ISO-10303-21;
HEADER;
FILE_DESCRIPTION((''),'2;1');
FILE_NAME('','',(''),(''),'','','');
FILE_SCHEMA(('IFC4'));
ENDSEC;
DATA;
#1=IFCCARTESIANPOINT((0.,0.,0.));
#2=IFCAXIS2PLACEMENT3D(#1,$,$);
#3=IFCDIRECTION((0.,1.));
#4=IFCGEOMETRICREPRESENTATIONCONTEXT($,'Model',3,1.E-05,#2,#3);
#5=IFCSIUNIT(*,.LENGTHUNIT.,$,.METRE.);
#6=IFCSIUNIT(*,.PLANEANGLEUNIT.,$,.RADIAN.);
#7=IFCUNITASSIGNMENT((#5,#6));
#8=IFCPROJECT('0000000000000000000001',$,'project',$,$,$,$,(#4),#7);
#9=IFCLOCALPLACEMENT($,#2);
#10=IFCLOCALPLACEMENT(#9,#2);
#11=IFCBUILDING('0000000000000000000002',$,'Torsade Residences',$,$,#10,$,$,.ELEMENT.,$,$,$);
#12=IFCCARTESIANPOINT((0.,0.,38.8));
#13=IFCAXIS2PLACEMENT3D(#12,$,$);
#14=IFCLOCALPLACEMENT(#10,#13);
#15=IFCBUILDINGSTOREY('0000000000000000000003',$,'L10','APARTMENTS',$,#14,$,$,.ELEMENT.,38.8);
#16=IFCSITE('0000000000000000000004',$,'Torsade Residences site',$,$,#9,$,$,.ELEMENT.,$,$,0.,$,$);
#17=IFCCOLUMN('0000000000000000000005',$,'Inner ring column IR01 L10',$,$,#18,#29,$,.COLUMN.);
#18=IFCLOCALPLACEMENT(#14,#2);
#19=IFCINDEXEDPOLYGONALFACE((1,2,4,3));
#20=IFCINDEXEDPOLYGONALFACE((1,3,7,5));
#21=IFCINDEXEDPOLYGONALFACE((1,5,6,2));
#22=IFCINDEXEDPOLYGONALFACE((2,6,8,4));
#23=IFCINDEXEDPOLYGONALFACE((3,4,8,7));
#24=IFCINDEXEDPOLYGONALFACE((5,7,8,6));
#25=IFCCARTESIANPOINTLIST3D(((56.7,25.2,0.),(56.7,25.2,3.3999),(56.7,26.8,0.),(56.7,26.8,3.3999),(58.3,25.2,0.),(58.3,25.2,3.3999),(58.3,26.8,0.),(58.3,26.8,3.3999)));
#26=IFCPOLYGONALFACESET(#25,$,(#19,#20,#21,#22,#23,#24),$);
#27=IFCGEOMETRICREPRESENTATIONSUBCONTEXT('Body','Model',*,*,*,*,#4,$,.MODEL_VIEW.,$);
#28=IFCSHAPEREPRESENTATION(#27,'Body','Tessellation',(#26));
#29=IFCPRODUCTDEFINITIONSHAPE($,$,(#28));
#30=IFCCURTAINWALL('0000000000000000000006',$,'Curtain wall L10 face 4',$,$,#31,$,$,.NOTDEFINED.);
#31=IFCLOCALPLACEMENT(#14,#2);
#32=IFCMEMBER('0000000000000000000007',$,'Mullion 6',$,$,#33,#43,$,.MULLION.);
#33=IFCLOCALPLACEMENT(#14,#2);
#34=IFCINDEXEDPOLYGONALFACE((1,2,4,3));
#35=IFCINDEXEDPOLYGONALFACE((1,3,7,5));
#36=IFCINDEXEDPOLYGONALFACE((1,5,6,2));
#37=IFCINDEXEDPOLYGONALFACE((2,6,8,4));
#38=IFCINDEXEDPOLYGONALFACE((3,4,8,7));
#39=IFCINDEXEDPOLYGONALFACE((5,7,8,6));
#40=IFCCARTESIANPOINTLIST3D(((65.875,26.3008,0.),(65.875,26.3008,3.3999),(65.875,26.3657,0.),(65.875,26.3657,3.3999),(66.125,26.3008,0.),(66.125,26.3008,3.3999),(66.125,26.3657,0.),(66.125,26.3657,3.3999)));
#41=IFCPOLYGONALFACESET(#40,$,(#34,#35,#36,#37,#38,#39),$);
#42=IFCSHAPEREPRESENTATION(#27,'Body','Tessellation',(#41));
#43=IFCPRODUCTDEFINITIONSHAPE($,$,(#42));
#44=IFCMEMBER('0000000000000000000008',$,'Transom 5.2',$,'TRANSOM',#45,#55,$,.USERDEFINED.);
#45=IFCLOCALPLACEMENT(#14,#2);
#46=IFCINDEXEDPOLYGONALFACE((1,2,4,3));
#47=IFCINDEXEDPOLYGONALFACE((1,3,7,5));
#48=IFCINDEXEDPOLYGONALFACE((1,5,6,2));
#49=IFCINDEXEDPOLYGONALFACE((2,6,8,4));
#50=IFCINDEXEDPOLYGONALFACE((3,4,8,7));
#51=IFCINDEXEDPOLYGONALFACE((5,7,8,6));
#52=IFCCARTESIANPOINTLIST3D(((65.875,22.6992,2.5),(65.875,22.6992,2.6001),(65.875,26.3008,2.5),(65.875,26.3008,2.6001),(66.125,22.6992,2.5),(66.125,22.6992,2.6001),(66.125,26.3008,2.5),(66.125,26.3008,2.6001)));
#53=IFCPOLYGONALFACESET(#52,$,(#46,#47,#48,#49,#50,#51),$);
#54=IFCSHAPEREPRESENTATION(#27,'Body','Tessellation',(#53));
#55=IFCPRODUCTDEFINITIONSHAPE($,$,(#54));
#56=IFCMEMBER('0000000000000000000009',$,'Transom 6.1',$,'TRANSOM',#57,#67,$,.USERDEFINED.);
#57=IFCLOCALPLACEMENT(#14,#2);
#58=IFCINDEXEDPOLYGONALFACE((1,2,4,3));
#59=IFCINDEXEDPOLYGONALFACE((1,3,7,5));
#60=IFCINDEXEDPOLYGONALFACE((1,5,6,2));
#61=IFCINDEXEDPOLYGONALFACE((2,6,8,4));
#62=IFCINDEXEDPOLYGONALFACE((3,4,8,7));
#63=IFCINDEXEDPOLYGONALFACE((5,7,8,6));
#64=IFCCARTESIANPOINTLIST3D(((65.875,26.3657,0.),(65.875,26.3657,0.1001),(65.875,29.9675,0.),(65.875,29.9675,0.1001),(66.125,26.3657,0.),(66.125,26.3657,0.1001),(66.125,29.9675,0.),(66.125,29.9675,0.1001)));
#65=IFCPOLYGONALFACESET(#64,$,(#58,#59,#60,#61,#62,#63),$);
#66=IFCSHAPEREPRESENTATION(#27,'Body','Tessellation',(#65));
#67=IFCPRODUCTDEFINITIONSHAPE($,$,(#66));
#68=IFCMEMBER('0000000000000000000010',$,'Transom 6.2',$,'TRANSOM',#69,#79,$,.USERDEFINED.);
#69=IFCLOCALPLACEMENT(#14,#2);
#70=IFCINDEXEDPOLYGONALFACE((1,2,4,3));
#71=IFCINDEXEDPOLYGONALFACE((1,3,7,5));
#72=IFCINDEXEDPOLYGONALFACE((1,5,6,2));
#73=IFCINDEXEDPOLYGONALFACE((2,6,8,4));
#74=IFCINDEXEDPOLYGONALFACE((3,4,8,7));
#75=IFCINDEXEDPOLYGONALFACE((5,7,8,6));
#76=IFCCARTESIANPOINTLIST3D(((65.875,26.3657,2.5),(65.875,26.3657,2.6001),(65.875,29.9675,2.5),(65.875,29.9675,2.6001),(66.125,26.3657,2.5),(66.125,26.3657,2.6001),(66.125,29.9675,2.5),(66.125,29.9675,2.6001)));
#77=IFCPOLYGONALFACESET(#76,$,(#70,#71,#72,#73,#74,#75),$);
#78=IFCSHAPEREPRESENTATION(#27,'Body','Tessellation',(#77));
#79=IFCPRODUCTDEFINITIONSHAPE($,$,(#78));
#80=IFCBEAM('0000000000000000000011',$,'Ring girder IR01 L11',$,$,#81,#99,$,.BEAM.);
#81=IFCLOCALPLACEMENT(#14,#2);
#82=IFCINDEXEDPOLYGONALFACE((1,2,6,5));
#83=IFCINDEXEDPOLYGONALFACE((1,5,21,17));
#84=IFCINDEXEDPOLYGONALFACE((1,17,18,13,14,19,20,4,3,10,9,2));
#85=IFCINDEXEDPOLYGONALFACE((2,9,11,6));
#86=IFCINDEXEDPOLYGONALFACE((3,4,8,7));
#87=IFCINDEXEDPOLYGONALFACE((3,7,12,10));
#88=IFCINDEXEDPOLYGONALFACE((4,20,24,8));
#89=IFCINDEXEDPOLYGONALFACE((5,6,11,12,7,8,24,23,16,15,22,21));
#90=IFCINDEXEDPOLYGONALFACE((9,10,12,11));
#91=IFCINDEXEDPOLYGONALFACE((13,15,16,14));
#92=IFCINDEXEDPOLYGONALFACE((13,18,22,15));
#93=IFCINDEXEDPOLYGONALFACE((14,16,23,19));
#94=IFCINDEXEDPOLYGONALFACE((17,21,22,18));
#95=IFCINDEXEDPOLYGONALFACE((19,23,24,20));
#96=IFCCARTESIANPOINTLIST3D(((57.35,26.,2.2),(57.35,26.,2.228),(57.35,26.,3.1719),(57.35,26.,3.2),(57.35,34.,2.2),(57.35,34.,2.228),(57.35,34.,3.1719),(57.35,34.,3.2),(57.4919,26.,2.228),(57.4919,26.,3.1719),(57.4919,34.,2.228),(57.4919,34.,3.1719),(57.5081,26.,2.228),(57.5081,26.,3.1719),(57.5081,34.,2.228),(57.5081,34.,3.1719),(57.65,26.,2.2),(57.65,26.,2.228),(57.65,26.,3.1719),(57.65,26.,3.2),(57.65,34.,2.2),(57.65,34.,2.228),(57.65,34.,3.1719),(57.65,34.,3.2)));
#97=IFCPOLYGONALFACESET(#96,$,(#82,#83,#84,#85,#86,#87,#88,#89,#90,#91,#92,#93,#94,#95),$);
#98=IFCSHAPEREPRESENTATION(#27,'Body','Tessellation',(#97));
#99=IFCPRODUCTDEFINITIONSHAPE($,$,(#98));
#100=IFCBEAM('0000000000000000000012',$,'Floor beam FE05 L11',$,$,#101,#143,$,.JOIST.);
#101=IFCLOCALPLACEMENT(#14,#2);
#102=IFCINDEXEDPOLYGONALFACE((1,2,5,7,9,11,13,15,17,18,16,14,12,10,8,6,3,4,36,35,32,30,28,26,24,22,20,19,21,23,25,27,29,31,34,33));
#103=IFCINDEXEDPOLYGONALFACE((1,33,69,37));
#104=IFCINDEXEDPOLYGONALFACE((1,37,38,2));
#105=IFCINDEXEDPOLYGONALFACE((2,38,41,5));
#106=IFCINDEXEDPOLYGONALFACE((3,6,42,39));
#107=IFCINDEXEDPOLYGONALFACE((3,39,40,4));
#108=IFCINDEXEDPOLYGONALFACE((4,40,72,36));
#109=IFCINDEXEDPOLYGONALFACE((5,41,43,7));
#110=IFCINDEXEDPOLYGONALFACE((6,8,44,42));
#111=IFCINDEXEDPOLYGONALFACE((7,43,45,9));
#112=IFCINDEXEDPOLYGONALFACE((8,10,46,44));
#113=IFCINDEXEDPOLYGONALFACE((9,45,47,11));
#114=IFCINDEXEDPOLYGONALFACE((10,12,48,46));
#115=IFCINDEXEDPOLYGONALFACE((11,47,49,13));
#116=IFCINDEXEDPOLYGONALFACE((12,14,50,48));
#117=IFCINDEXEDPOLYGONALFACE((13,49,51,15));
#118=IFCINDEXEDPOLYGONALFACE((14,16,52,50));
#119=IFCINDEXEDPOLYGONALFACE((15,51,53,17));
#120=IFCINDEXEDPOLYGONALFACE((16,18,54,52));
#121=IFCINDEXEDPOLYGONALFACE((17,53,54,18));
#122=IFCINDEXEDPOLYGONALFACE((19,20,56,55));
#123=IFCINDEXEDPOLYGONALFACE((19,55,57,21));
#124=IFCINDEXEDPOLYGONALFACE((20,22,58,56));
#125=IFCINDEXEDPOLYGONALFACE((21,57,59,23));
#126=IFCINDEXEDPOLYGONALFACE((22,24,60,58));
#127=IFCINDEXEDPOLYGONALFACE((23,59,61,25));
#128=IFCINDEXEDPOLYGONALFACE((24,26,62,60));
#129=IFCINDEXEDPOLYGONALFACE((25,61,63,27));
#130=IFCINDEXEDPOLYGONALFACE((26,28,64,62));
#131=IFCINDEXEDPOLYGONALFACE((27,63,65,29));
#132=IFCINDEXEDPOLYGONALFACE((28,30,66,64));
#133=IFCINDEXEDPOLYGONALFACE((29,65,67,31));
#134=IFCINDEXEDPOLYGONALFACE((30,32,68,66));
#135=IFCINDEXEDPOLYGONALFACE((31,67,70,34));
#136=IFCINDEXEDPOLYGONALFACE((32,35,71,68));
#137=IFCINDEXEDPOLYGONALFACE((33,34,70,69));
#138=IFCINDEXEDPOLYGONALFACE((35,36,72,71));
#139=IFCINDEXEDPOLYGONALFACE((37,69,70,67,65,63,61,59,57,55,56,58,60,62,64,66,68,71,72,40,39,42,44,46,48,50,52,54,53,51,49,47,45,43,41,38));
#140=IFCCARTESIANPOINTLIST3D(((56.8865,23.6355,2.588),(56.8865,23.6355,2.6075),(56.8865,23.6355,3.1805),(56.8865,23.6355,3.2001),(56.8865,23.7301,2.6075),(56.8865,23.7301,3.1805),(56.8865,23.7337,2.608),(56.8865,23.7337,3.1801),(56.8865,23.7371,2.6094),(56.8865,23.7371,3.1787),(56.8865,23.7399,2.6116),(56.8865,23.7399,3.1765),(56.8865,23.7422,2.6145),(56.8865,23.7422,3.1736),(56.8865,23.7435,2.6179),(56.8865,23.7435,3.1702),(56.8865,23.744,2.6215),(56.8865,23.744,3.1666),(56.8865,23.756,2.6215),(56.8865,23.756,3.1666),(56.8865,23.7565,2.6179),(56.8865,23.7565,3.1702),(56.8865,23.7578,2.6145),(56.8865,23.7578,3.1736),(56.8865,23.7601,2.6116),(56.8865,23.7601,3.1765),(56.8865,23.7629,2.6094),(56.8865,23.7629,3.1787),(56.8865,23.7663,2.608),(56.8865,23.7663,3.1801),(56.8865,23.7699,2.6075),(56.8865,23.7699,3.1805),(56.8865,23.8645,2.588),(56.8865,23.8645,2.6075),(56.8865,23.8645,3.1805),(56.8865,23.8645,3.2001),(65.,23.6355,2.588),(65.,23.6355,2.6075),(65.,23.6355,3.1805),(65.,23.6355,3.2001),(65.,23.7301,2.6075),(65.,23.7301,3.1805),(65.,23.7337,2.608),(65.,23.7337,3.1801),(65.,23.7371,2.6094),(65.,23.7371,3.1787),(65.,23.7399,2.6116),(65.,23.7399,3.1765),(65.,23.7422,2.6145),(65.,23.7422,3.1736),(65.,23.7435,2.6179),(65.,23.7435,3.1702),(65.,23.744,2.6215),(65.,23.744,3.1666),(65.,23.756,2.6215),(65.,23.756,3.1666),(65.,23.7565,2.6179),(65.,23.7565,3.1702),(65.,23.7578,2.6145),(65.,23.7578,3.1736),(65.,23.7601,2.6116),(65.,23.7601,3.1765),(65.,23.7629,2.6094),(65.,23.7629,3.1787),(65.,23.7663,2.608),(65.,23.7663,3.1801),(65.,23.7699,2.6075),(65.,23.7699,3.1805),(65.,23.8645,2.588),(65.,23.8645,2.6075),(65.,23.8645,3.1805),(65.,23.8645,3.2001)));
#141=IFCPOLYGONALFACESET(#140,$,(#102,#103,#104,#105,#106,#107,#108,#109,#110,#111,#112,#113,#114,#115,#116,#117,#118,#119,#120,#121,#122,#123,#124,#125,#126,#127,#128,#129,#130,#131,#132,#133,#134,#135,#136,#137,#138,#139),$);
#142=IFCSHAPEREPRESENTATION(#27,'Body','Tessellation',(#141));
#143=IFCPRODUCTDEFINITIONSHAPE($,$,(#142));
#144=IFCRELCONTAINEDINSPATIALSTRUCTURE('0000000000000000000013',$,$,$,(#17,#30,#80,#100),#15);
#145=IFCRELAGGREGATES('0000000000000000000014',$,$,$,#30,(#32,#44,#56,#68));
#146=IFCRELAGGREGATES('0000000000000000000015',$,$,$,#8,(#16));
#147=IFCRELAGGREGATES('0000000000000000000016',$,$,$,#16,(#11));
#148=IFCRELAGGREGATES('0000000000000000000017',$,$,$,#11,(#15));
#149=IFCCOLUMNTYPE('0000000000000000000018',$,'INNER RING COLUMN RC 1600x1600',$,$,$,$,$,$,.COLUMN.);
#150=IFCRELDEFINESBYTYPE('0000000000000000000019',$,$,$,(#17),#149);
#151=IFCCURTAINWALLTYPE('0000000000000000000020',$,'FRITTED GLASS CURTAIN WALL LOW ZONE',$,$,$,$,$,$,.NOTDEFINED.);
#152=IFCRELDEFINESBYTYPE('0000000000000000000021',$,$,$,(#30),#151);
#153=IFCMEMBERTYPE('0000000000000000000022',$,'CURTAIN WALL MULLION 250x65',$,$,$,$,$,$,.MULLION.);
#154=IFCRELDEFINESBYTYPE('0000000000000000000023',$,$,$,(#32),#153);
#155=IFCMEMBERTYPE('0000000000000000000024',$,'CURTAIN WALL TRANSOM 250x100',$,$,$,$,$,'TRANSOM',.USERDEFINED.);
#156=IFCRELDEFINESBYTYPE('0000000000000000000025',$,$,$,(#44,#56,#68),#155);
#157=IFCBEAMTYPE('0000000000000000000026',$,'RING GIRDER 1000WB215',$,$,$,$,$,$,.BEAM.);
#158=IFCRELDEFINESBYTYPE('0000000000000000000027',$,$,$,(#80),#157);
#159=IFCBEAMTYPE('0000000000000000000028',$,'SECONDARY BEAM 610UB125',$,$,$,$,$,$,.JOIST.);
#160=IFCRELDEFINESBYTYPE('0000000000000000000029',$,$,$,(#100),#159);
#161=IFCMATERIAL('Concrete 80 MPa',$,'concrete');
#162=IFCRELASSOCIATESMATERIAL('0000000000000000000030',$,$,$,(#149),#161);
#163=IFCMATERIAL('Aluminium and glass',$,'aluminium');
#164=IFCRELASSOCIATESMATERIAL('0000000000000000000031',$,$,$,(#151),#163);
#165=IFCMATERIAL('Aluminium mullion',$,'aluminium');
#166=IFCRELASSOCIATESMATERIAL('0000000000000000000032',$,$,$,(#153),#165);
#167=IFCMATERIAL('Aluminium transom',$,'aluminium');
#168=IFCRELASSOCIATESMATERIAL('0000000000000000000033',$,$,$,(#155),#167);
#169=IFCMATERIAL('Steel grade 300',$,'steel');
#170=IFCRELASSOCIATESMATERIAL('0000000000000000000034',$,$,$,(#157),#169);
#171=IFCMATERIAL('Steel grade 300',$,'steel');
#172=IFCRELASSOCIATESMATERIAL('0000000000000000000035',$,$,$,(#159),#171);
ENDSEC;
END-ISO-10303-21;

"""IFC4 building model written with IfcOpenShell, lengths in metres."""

from ifc_helpers import new_model, si_unit, direction, frame, origin, origin_2d, place, context, subcontext, project, spatial, rectangle, i_section, extrude, material, material_profile, profile_set, type_object, element, aggregate, save


model = new_model("IFC4")

# Units and contexts
model_context = context("Model", 3, precision=1e-05, world=origin(), true_north=direction((0.0, 1.0)))
body_context = subcontext(model_context, "Body", "Model", "MODEL_VIEW")
ifc_project = project(units=[si_unit("LENGTHUNIT", "METRE"), si_unit("PLANEANGLEUNIT", "RADIAN")], contexts=[model_context])

# Site, building, storey
site_placement = place(None, origin())
site = spatial("IfcSite", under=ifc_project, at=site_placement, Name="Torsade Residences site", CompositionType="ELEMENT", RefElevation=0.0)
building_placement = place(site_placement, origin())
building = spatial("IfcBuilding", under=site, at=building_placement, Name="Torsade Residences", CompositionType="ELEMENT")
storey_placement = place(building_placement, frame((0.0, 0.0, 38.8)))
storey = spatial("IfcBuildingStorey", under=building, at=storey_placement, Name="L10", Description="APARTMENTS", CompositionType="ELEMENT", Elevation=38.8)

# Column
ifc_material_1 = material(Name="Concrete 80 MPa", Category="concrete")
ifc_material_profile_1 = material_profile(ifc_material_1, rectangle(XDim=1.6001, YDim=1.6001, at=origin_2d()), Name="RC 1600x1600")
ifc_profile_set_1 = profile_set([ifc_material_profile_1], Name="Concrete 80 MPa")
column_type = type_object("IfcColumnType", Name="INNER RING COLUMN RC 1600x1600", PredefinedType="COLUMN", material=ifc_profile_set_1)
column_placement = place(storey_placement, frame((57.5, 26.0, 0.0), z_axis=(0.0, 0.0, 1.0), x_axis=(1.0, 0.0, 0.0)))
element("IfcColumn", 1, at=column_placement, inside=storey, type_object=column_type, Name="Inner ring column IR01 L10", PredefinedType="COLUMN", context=body_context, shape_type="SweptSolid", body=[
    extrude(rectangle(XDim=1.6001, YDim=1.6001, at=origin_2d()), origin(), (0.0, 0.0, 1.0), 3.3999),
])

# Curtain wall, members
ifc_material_2 = material(Name="Aluminium and glass", Category="aluminium")
curtain_wall_type = type_object("IfcCurtainWallType", Name="FRITTED GLASS CURTAIN WALL LOW ZONE", PredefinedType="NOTDEFINED", material=ifc_material_2)
curtain_wall_placement = place(storey_placement, origin())
curtain_wall = element("IfcCurtainWall", 2, at=curtain_wall_placement, inside=storey, type_object=curtain_wall_type, Name="Curtain wall L10 face 4", PredefinedType="NOTDEFINED")
ifc_material_3 = material(Name="Aluminium mullion", Category="aluminium")
ifc_material_profile_2 = material_profile(ifc_material_3, rectangle(XDim=0.25, YDim=0.0649, at=origin_2d()), Name="CURTAIN WALL MULLION 250x65")
ifc_profile_set_2 = profile_set([ifc_material_profile_2], Name="Aluminium mullion")
member_type_1 = type_object("IfcMemberType", Name="CURTAIN WALL MULLION 250x65", PredefinedType="MULLION", material=ifc_profile_set_2)
member_1_placement = place(storey_placement, frame((66.0, 26.3333, 0.0), z_axis=(0.0, 0.0, 1.0), x_axis=(-1.0, 0.0, 0.0)))
member_1 = element("IfcMember", 3, at=member_1_placement, type_object=member_type_1, Name="Mullion 6", PredefinedType="MULLION", context=body_context, shape_type="SweptSolid", body=[
    extrude(rectangle(XDim=0.25, YDim=0.0649, at=origin_2d()), origin(), (0.0, 0.0, 1.0), 3.3999),
])
ifc_material_4 = material(Name="Aluminium transom", Category="aluminium")
ifc_material_profile_3 = material_profile(ifc_material_4, rectangle(XDim=0.25, YDim=0.1001, at=origin_2d()), Name="CURTAIN WALL TRANSOM 250x100")
ifc_profile_set_3 = profile_set([ifc_material_profile_3], Name="Aluminium transom")
member_type_2 = type_object("IfcMemberType", Name="CURTAIN WALL TRANSOM 250x100", ElementType="TRANSOM", PredefinedType="USERDEFINED", material=ifc_profile_set_3)
member_2_placement = place(storey_placement, frame((66.0, 22.6992, 2.55), z_axis=(0.0, 1.0, 0.0), x_axis=(-1.0, 0.0, 0.0)))
member_2 = element("IfcMember", 4, at=member_2_placement, type_object=member_type_2, Name="Transom 5.2", ObjectType="TRANSOM", PredefinedType="USERDEFINED", context=body_context, shape_type="SweptSolid", body=[
    extrude(rectangle(XDim=0.25, YDim=0.1001, at=origin_2d()), origin(), (0.0, 0.0, 1.0), 3.6016),
])
member_3_placement = place(storey_placement, frame((66.0, 26.3657, 0.05), z_axis=(0.0, 1.0, 0.0), x_axis=(-1.0, 0.0, 0.0)))
member_3 = element("IfcMember", 5, at=member_3_placement, type_object=member_type_2, Name="Transom 6.1", ObjectType="TRANSOM", PredefinedType="USERDEFINED", context=body_context, shape_type="SweptSolid", body=[
    extrude(rectangle(XDim=0.25, YDim=0.1001, at=origin_2d()), origin(), (0.0, 0.0, 1.0), 3.6018),
])
member_4_placement = place(storey_placement, frame((66.0, 26.3657, 2.55), z_axis=(0.0, 1.0, 0.0), x_axis=(-1.0, 0.0, 0.0)))
member_4 = element("IfcMember", 6, at=member_4_placement, type_object=member_type_2, Name="Transom 6.2", ObjectType="TRANSOM", PredefinedType="USERDEFINED", context=body_context, shape_type="SweptSolid", body=[
    extrude(rectangle(XDim=0.25, YDim=0.1001, at=origin_2d()), origin(), (0.0, 0.0, 1.0), 3.6018),
])

# Beams
ifc_material_5 = material(Name="Steel grade 300", Category="steel")
ifc_material_profile_4 = material_profile(ifc_material_5, i_section(OverallWidth=0.3, OverallDepth=1.0, WebThickness=0.0161, FlangeThickness=0.0281, at=origin_2d()), Name="1000WB215")
ifc_profile_set_4 = profile_set([ifc_material_profile_4], Name="Steel grade 300")
beam_type_1 = type_object("IfcBeamType", Name="RING GIRDER 1000WB215", PredefinedType="BEAM", material=ifc_profile_set_4)
beam_1_placement = place(storey_placement, frame((57.5, 26.0, 2.7), z_axis=(0.0, 1.0, 0.0), x_axis=(-1.0, 0.0, 0.0)))
element("IfcBeam", 7, at=beam_1_placement, inside=storey, type_object=beam_type_1, Name="Ring girder IR01 L11", PredefinedType="BEAM", context=body_context, shape_type="SweptSolid", body=[
    extrude(i_section(OverallWidth=0.3, OverallDepth=1.0, WebThickness=0.0161, FlangeThickness=0.0281, at=origin_2d()), origin(), (0.0, 0.0, 1.0), 8.0),
])
ifc_material_6 = material(Name="Steel grade 300", Category="steel")
ifc_material_profile_5 = material_profile(ifc_material_6, i_section(OverallWidth=0.229, OverallDepth=0.6121, WebThickness=0.012, FlangeThickness=0.0195, FilletRadius=0.0139, at=origin_2d()), Name="610UB125")
ifc_profile_set_5 = profile_set([ifc_material_profile_5], Name="Steel grade 300")
beam_type_2 = type_object("IfcBeamType", Name="SECONDARY BEAM 610UB125", PredefinedType="JOIST", material=ifc_profile_set_5)
beam_2_placement = place(storey_placement, frame((65.0, 23.75, 2.894), z_axis=(-1.0, 0.0, 0.0), x_axis=(0.0, -1.0, 0.0)))
element("IfcBeam", 8, at=beam_2_placement, inside=storey, type_object=beam_type_2, Name="Floor beam FE05 L11", PredefinedType="JOIST", context=body_context, shape_type="SweptSolid", body=[
    extrude(i_section(OverallWidth=0.229, OverallDepth=0.6121, WebThickness=0.012, FlangeThickness=0.0195, FilletRadius=0.0139, at=origin_2d()), origin(), (0.0, 0.0, 1.0), 8.1135),
])

aggregate(curtain_wall, [member_1, member_2, member_3, member_4])

save(model, "model.ifc")
